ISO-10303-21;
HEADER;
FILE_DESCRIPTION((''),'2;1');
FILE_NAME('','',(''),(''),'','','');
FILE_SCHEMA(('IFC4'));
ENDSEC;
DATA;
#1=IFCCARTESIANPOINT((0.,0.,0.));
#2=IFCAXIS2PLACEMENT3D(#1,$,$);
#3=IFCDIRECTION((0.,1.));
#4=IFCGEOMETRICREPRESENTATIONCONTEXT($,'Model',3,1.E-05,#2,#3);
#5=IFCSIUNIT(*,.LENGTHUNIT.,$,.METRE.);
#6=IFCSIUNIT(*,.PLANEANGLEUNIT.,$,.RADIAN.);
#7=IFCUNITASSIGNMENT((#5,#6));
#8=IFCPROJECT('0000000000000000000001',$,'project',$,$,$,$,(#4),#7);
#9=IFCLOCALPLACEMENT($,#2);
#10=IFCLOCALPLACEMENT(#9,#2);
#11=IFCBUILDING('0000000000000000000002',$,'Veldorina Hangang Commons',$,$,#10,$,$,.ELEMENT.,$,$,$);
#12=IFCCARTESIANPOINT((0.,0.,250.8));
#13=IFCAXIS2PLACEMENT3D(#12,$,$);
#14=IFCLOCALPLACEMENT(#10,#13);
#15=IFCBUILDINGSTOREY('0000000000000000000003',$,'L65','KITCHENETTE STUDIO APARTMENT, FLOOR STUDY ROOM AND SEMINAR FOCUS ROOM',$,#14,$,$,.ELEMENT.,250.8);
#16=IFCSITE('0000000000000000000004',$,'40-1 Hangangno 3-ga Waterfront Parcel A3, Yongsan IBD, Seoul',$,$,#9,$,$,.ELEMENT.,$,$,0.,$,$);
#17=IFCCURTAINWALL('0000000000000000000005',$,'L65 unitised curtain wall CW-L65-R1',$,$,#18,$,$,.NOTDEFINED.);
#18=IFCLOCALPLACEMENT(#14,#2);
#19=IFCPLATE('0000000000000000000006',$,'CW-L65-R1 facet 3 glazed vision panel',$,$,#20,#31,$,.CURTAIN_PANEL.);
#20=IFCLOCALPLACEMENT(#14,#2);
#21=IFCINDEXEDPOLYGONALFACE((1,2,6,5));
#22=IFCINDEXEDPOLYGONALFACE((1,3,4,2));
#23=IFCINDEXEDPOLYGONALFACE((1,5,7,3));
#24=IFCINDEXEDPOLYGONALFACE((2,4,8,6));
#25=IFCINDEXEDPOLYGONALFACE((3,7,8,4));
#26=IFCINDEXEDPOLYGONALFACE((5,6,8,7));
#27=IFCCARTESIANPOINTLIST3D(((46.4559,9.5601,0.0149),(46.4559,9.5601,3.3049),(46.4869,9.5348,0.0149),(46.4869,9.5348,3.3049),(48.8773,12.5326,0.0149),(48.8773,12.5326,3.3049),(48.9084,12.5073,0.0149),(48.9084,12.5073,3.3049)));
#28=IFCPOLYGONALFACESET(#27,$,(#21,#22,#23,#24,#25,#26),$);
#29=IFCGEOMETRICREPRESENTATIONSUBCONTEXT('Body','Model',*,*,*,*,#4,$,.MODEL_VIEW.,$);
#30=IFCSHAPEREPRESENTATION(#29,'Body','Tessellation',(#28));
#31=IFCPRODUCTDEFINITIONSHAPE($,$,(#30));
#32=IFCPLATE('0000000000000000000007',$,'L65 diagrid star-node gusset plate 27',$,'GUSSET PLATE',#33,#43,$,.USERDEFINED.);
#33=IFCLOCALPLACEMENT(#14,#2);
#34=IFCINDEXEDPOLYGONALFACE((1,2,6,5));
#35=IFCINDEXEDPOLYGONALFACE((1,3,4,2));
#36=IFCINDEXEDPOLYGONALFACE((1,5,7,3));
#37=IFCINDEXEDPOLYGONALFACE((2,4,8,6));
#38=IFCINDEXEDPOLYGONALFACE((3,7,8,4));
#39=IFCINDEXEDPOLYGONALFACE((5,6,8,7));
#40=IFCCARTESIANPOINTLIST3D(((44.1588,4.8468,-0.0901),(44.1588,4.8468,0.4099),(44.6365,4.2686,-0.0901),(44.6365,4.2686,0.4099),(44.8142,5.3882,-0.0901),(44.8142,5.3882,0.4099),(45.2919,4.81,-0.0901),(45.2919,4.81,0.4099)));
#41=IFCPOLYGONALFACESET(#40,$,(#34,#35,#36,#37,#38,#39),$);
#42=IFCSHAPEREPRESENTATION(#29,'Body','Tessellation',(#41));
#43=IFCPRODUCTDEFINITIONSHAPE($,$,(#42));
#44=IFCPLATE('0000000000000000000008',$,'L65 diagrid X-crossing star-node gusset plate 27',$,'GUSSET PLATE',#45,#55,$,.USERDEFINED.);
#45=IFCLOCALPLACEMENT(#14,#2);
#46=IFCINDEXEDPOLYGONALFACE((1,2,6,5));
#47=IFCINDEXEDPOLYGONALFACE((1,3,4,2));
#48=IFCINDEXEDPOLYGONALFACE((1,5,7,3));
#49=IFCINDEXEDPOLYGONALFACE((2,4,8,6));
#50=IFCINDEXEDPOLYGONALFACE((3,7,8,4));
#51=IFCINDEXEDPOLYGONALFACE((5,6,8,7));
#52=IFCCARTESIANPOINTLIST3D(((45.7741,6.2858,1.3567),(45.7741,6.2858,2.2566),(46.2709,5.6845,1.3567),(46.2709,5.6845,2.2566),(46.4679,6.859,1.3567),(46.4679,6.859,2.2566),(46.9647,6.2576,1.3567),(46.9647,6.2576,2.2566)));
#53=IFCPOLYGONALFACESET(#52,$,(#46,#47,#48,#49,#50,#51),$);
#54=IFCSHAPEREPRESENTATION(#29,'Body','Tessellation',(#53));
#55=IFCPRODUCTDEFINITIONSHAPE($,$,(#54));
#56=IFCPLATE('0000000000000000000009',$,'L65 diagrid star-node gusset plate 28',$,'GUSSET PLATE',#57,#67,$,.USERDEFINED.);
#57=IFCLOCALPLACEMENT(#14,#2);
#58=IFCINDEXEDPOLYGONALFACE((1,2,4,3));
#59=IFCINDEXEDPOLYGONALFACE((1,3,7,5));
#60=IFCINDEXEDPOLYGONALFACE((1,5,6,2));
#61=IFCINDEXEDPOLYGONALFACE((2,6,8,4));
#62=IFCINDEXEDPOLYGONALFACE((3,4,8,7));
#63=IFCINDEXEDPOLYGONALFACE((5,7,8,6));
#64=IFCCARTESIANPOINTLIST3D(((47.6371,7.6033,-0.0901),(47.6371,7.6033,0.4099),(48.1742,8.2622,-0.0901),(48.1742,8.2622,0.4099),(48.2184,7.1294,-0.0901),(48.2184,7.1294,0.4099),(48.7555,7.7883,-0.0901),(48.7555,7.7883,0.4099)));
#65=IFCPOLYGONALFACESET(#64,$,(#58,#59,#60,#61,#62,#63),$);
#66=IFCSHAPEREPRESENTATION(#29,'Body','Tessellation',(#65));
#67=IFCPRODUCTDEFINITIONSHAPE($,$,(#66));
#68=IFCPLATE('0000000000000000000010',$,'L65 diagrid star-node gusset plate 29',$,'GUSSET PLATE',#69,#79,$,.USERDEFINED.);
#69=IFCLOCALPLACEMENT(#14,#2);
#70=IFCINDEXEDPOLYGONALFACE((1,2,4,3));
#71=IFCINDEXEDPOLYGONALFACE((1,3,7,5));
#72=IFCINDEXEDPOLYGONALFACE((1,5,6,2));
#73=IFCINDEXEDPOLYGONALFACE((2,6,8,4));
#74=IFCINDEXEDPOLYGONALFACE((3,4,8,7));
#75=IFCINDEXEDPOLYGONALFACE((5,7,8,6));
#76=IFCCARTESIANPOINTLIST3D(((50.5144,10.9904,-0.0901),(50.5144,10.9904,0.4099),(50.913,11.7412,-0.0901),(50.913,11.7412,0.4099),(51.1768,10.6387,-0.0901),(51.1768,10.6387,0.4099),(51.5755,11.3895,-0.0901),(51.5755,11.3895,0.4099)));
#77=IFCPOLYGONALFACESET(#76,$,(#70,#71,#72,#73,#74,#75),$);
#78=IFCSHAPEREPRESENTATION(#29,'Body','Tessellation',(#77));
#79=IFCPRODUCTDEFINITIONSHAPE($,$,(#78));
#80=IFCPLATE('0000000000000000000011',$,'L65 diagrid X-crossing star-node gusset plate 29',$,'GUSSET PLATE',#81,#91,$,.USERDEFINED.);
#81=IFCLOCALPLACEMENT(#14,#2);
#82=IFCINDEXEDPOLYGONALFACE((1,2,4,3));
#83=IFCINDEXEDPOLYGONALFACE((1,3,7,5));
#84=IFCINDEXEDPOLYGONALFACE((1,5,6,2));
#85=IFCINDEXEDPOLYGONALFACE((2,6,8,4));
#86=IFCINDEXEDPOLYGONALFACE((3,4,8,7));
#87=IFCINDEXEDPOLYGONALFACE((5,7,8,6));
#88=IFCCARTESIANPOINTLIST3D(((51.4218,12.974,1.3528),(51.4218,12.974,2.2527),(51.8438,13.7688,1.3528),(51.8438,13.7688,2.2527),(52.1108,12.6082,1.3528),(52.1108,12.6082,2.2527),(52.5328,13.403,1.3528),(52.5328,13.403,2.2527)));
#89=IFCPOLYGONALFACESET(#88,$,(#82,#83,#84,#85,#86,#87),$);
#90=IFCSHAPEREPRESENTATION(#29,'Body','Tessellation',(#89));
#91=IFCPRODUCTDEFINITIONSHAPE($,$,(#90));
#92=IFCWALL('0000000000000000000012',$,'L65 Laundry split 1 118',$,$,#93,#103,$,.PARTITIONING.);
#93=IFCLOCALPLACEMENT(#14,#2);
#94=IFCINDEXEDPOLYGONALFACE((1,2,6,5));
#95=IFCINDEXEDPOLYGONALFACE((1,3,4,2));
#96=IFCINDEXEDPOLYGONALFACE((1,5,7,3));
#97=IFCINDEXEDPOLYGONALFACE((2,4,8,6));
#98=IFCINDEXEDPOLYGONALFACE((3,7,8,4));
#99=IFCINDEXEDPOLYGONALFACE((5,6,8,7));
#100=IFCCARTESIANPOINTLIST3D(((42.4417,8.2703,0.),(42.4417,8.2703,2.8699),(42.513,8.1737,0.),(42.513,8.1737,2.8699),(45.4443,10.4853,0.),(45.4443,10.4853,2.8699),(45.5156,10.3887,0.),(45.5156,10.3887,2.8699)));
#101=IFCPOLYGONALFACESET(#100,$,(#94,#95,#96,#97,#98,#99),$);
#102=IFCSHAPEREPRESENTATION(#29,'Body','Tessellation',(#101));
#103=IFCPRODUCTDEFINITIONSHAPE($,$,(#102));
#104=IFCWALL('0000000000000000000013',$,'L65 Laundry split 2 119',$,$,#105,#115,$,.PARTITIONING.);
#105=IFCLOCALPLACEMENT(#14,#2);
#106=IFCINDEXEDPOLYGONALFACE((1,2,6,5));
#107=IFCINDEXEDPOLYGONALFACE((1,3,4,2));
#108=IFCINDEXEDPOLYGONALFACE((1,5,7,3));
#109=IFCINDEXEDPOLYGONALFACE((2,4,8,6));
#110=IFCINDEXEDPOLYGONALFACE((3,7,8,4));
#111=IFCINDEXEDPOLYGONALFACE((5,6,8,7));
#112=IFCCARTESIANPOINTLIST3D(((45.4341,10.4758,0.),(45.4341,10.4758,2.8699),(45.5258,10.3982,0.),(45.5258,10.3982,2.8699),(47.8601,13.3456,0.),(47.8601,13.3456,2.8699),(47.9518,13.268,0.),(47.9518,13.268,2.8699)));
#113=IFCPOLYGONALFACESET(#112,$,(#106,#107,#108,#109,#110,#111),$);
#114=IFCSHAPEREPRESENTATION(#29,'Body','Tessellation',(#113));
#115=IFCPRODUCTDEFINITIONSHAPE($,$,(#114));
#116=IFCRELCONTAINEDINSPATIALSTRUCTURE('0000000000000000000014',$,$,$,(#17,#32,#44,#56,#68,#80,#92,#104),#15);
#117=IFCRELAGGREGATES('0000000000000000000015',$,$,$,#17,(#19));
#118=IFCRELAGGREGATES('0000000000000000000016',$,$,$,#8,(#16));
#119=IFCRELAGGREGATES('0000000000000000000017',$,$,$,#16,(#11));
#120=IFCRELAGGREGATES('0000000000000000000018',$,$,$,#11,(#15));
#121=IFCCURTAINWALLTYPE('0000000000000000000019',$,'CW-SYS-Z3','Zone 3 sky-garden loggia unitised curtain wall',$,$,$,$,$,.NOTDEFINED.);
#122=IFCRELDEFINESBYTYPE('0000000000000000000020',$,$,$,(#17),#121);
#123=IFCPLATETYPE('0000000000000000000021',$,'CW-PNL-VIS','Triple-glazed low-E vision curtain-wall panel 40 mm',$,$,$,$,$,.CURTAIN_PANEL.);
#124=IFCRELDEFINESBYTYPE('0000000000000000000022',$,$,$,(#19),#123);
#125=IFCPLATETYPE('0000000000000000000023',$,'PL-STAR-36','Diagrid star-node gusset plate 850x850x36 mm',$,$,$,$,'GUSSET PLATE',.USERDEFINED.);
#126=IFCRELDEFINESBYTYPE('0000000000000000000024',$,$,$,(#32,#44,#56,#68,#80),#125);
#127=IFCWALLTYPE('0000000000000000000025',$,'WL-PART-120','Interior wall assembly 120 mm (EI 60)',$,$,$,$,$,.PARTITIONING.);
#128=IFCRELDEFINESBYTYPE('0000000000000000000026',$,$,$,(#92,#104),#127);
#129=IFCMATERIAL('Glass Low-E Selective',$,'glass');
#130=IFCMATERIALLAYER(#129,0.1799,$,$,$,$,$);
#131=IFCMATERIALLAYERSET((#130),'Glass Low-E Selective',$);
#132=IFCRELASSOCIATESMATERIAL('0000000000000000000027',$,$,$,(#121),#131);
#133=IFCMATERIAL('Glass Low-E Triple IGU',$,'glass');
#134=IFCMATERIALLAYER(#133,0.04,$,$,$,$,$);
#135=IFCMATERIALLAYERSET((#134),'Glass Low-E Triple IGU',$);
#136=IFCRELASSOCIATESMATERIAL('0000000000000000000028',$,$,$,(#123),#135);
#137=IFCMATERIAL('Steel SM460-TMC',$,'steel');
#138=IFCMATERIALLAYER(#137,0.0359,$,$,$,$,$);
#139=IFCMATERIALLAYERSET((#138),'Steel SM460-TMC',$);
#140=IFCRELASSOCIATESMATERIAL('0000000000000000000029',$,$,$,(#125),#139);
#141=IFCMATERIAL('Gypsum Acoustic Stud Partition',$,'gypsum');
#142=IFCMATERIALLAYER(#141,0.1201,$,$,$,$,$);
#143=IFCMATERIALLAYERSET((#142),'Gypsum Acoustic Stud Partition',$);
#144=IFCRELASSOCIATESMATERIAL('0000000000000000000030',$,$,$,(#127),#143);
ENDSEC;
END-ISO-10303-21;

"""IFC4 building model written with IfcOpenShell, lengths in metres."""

from ifc_helpers import new_model, si_unit, direction, frame, frame_2d, origin, origin_2d, place, context, subcontext, project, spatial, rectangle, extrude, material, layer, layer_set, type_object, element, aggregate, save


model = new_model("IFC4")

# Units and contexts
model_context = context("Model", 3, precision=1e-05, world=origin(), true_north=direction((0.0, 1.0)))
body_context = subcontext(model_context, "Body", "Model", "MODEL_VIEW")
ifc_project = project(units=[si_unit("LENGTHUNIT", "METRE"), si_unit("PLANEANGLEUNIT", "RADIAN")], contexts=[model_context])

# Site, building, storey
site_placement = place(None, origin())
site = spatial("IfcSite", under=ifc_project, at=site_placement, Name="40-1 Hangangno 3-ga Waterfront Parcel A3, Yongsan IBD, Seoul", CompositionType="ELEMENT", RefElevation=0.0)
building_placement = place(site_placement, origin())
building = spatial("IfcBuilding", under=site, at=building_placement, Name="Veldorina Hangang Commons", CompositionType="ELEMENT")
storey_placement = place(building_placement, frame((0.0, 0.0, 250.8)))
storey = spatial("IfcBuildingStorey", under=building, at=storey_placement, Name="L65", Description="KITCHENETTE STUDIO APARTMENT, FLOOR STUDY ROOM AND SEMINAR FOCUS ROOM", CompositionType="ELEMENT", Elevation=250.8)

# Curtain wall
ifc_material_1 = material(Name="Glass Low-E Selective", Category="glass")
ifc_layer_1 = layer(ifc_material_1, 0.1799)
ifc_layer_set_1 = layer_set([ifc_layer_1], Name="Glass Low-E Selective")
curtain_wall_type = type_object("IfcCurtainWallType", Name="CW-SYS-Z3", Description="Zone 3 sky-garden loggia unitised curtain wall", PredefinedType="NOTDEFINED", material=ifc_layer_set_1)
curtain_wall_placement = place(storey_placement, origin())
curtain_wall = element("IfcCurtainWall", 1, at=curtain_wall_placement, inside=storey, type_object=curtain_wall_type, Name="L65 unitised curtain wall CW-L65-R1", PredefinedType="NOTDEFINED")

# Plate
ifc_material_2 = material(Name="Glass Low-E Triple IGU", Category="glass")
ifc_layer_2 = layer(ifc_material_2, 0.04)
ifc_layer_set_2 = layer_set([ifc_layer_2], Name="Glass Low-E Triple IGU")
plate_type_1 = type_object("IfcPlateType", Name="CW-PNL-VIS", Description="Triple-glazed low-E vision curtain-wall panel 40 mm", PredefinedType="CURTAIN_PANEL", material=ifc_layer_set_2)
plate_1_placement = place(storey_placement, frame((47.6821, 11.0337, 0.0149), z_axis=(0.0, 0.0, 1.0), x_axis=(0.631569, 0.775319, 0.0)))
plate_1 = element("IfcPlate", 2, at=plate_1_placement, type_object=plate_type_1, Name="CW-L65-R1 facet 3 glazed vision panel", PredefinedType="CURTAIN_PANEL", context=body_context, shape_type="SweptSolid", body=[
    extrude(rectangle(XDim=3.834, YDim=0.04, at=origin_2d()), origin(), (0.0, 0.0, 1.0), 3.29),
])
aggregate(curtain_wall, [plate_1])

# Plates
ifc_material_3 = material(Name="Steel SM460-TMC", Category="steel")
ifc_layer_3 = layer(ifc_material_3, 0.0359)
ifc_layer_set_3 = layer_set([ifc_layer_3], Name="Steel SM460-TMC")
plate_type_2 = type_object("IfcPlateType", Name="PL-STAR-36", Description="Diagrid star-node gusset plate 850x850x36 mm", ElementType="GUSSET PLATE", PredefinedType="USERDEFINED", material=ifc_layer_set_3)
plate_2_placement = place(storey_placement, frame((44.7253, 4.8284, -0.0901), z_axis=(0.0, 0.0, 1.0), x_axis=(0.770947, 0.636899, 0.0)))
element("IfcPlate", 3, at=plate_2_placement, inside=storey, type_object=plate_type_2, Name="L65 diagrid star-node gusset plate 27", ObjectType="GUSSET PLATE", PredefinedType="USERDEFINED", context=body_context, shape_type="SweptSolid", body=[
    extrude(rectangle(XDim=0.8501, YDim=0.75, at=origin_2d()), origin(), (0.0, 0.0, 1.0), 0.5),
])
plate_3_placement = place(storey_placement, frame((46.3694, 6.2717, 1.3567), z_axis=(0.0, 0.0, 1.0), x_axis=(0.770947, 0.636899, 0.0)))
element("IfcPlate", 4, at=plate_3_placement, inside=storey, type_object=plate_type_2, Name="L65 diagrid X-crossing star-node gusset plate 27", ObjectType="GUSSET PLATE", PredefinedType="USERDEFINED", context=body_context, shape_type="SweptSolid", body=[
    extrude(rectangle(XDim=0.8999, YDim=0.78, at=origin_2d()), origin(), (0.0, 0.0, 1.0), 0.8999),
])
for number, where, z_axis, x_axis, name in (
    (5, (48.1963, 7.6958, -0.0901), (0.0, 0.0, 1.0), (0.631881, 0.775066, 0.0), "L65 diagrid star-node gusset plate 28"),
    (6, (51.0449, 11.1899, -0.0901), (0.0, 0.0, 1.0), (0.468963, 0.883218, 0.0), "L65 diagrid star-node gusset plate 29"),
):
    element("IfcPlate", number, at=place(storey_placement, frame(where, z_axis=z_axis, x_axis=x_axis)), inside=storey, type_object=plate_type_2, Name=name, ObjectType="GUSSET PLATE", PredefinedType="USERDEFINED", context=body_context, shape_type="SweptSolid", body=[
        extrude(rectangle(XDim=0.8501, YDim=0.75, at=origin_2d()), origin(), (0.0, 0.0, 1.0), 0.5),
    ])
plate_4_placement = place(storey_placement, frame((51.9773, 13.1885, 1.3528), z_axis=(0.0, 0.0, 1.0), x_axis=(0.468963, 0.883218, 0.0)))
element("IfcPlate", 7, at=plate_4_placement, inside=storey, type_object=plate_type_2, Name="L65 diagrid X-crossing star-node gusset plate 29", ObjectType="GUSSET PLATE", PredefinedType="USERDEFINED", context=body_context, shape_type="SweptSolid", body=[
    extrude(rectangle(XDim=0.8999, YDim=0.78, at=origin_2d()), origin(), (0.0, 0.0, 1.0), 0.8999),
])

# Walls
ifc_material_4 = material(Name="Gypsum Acoustic Stud Partition", Category="gypsum")
ifc_layer_4 = layer(ifc_material_4, 0.1201)
ifc_layer_set_4 = layer_set([ifc_layer_4], Name="Gypsum Acoustic Stud Partition")
wall_type = type_object("IfcWallType", Name="WL-PART-120", Description="Interior wall assembly 120 mm (EI 60)", PredefinedType="PARTITIONING", material=ifc_layer_set_4)
wall_1_placement = place(storey_placement, frame((42.4773, 8.2219, 0.0), z_axis=(0.0, 0.0, 1.0), x_axis=(0.804725, 0.593648, 0.0)))
element("IfcWall", 8, at=wall_1_placement, inside=storey, type_object=wall_type, Name="L65 Laundry split 1 118", PredefinedType="PARTITIONING", context=body_context, shape_type="SweptSolid", body=[
    extrude(rectangle(XDim=3.7312, YDim=0.1201, at=frame_2d((1.8657, 0.0))), origin(), (0.0, 0.0, 1.0), 2.8699),
])
wall_2_placement = place(storey_placement, frame((45.48, 10.437, 0.0), z_axis=(0.0, 0.0, 1.0), x_axis=(0.645581, 0.763692, 0.0)))
element("IfcWall", 9, at=wall_2_placement, inside=storey, type_object=wall_type, Name="L65 Laundry split 2 119", PredefinedType="PARTITIONING", context=body_context, shape_type="SweptSolid", body=[
    extrude(rectangle(XDim=3.7578, YDim=0.1201, at=frame_2d((1.8789, 0.0))), origin(), (0.0, 0.0, 1.0), 2.8699),
])

save(model, "model.ifc")
